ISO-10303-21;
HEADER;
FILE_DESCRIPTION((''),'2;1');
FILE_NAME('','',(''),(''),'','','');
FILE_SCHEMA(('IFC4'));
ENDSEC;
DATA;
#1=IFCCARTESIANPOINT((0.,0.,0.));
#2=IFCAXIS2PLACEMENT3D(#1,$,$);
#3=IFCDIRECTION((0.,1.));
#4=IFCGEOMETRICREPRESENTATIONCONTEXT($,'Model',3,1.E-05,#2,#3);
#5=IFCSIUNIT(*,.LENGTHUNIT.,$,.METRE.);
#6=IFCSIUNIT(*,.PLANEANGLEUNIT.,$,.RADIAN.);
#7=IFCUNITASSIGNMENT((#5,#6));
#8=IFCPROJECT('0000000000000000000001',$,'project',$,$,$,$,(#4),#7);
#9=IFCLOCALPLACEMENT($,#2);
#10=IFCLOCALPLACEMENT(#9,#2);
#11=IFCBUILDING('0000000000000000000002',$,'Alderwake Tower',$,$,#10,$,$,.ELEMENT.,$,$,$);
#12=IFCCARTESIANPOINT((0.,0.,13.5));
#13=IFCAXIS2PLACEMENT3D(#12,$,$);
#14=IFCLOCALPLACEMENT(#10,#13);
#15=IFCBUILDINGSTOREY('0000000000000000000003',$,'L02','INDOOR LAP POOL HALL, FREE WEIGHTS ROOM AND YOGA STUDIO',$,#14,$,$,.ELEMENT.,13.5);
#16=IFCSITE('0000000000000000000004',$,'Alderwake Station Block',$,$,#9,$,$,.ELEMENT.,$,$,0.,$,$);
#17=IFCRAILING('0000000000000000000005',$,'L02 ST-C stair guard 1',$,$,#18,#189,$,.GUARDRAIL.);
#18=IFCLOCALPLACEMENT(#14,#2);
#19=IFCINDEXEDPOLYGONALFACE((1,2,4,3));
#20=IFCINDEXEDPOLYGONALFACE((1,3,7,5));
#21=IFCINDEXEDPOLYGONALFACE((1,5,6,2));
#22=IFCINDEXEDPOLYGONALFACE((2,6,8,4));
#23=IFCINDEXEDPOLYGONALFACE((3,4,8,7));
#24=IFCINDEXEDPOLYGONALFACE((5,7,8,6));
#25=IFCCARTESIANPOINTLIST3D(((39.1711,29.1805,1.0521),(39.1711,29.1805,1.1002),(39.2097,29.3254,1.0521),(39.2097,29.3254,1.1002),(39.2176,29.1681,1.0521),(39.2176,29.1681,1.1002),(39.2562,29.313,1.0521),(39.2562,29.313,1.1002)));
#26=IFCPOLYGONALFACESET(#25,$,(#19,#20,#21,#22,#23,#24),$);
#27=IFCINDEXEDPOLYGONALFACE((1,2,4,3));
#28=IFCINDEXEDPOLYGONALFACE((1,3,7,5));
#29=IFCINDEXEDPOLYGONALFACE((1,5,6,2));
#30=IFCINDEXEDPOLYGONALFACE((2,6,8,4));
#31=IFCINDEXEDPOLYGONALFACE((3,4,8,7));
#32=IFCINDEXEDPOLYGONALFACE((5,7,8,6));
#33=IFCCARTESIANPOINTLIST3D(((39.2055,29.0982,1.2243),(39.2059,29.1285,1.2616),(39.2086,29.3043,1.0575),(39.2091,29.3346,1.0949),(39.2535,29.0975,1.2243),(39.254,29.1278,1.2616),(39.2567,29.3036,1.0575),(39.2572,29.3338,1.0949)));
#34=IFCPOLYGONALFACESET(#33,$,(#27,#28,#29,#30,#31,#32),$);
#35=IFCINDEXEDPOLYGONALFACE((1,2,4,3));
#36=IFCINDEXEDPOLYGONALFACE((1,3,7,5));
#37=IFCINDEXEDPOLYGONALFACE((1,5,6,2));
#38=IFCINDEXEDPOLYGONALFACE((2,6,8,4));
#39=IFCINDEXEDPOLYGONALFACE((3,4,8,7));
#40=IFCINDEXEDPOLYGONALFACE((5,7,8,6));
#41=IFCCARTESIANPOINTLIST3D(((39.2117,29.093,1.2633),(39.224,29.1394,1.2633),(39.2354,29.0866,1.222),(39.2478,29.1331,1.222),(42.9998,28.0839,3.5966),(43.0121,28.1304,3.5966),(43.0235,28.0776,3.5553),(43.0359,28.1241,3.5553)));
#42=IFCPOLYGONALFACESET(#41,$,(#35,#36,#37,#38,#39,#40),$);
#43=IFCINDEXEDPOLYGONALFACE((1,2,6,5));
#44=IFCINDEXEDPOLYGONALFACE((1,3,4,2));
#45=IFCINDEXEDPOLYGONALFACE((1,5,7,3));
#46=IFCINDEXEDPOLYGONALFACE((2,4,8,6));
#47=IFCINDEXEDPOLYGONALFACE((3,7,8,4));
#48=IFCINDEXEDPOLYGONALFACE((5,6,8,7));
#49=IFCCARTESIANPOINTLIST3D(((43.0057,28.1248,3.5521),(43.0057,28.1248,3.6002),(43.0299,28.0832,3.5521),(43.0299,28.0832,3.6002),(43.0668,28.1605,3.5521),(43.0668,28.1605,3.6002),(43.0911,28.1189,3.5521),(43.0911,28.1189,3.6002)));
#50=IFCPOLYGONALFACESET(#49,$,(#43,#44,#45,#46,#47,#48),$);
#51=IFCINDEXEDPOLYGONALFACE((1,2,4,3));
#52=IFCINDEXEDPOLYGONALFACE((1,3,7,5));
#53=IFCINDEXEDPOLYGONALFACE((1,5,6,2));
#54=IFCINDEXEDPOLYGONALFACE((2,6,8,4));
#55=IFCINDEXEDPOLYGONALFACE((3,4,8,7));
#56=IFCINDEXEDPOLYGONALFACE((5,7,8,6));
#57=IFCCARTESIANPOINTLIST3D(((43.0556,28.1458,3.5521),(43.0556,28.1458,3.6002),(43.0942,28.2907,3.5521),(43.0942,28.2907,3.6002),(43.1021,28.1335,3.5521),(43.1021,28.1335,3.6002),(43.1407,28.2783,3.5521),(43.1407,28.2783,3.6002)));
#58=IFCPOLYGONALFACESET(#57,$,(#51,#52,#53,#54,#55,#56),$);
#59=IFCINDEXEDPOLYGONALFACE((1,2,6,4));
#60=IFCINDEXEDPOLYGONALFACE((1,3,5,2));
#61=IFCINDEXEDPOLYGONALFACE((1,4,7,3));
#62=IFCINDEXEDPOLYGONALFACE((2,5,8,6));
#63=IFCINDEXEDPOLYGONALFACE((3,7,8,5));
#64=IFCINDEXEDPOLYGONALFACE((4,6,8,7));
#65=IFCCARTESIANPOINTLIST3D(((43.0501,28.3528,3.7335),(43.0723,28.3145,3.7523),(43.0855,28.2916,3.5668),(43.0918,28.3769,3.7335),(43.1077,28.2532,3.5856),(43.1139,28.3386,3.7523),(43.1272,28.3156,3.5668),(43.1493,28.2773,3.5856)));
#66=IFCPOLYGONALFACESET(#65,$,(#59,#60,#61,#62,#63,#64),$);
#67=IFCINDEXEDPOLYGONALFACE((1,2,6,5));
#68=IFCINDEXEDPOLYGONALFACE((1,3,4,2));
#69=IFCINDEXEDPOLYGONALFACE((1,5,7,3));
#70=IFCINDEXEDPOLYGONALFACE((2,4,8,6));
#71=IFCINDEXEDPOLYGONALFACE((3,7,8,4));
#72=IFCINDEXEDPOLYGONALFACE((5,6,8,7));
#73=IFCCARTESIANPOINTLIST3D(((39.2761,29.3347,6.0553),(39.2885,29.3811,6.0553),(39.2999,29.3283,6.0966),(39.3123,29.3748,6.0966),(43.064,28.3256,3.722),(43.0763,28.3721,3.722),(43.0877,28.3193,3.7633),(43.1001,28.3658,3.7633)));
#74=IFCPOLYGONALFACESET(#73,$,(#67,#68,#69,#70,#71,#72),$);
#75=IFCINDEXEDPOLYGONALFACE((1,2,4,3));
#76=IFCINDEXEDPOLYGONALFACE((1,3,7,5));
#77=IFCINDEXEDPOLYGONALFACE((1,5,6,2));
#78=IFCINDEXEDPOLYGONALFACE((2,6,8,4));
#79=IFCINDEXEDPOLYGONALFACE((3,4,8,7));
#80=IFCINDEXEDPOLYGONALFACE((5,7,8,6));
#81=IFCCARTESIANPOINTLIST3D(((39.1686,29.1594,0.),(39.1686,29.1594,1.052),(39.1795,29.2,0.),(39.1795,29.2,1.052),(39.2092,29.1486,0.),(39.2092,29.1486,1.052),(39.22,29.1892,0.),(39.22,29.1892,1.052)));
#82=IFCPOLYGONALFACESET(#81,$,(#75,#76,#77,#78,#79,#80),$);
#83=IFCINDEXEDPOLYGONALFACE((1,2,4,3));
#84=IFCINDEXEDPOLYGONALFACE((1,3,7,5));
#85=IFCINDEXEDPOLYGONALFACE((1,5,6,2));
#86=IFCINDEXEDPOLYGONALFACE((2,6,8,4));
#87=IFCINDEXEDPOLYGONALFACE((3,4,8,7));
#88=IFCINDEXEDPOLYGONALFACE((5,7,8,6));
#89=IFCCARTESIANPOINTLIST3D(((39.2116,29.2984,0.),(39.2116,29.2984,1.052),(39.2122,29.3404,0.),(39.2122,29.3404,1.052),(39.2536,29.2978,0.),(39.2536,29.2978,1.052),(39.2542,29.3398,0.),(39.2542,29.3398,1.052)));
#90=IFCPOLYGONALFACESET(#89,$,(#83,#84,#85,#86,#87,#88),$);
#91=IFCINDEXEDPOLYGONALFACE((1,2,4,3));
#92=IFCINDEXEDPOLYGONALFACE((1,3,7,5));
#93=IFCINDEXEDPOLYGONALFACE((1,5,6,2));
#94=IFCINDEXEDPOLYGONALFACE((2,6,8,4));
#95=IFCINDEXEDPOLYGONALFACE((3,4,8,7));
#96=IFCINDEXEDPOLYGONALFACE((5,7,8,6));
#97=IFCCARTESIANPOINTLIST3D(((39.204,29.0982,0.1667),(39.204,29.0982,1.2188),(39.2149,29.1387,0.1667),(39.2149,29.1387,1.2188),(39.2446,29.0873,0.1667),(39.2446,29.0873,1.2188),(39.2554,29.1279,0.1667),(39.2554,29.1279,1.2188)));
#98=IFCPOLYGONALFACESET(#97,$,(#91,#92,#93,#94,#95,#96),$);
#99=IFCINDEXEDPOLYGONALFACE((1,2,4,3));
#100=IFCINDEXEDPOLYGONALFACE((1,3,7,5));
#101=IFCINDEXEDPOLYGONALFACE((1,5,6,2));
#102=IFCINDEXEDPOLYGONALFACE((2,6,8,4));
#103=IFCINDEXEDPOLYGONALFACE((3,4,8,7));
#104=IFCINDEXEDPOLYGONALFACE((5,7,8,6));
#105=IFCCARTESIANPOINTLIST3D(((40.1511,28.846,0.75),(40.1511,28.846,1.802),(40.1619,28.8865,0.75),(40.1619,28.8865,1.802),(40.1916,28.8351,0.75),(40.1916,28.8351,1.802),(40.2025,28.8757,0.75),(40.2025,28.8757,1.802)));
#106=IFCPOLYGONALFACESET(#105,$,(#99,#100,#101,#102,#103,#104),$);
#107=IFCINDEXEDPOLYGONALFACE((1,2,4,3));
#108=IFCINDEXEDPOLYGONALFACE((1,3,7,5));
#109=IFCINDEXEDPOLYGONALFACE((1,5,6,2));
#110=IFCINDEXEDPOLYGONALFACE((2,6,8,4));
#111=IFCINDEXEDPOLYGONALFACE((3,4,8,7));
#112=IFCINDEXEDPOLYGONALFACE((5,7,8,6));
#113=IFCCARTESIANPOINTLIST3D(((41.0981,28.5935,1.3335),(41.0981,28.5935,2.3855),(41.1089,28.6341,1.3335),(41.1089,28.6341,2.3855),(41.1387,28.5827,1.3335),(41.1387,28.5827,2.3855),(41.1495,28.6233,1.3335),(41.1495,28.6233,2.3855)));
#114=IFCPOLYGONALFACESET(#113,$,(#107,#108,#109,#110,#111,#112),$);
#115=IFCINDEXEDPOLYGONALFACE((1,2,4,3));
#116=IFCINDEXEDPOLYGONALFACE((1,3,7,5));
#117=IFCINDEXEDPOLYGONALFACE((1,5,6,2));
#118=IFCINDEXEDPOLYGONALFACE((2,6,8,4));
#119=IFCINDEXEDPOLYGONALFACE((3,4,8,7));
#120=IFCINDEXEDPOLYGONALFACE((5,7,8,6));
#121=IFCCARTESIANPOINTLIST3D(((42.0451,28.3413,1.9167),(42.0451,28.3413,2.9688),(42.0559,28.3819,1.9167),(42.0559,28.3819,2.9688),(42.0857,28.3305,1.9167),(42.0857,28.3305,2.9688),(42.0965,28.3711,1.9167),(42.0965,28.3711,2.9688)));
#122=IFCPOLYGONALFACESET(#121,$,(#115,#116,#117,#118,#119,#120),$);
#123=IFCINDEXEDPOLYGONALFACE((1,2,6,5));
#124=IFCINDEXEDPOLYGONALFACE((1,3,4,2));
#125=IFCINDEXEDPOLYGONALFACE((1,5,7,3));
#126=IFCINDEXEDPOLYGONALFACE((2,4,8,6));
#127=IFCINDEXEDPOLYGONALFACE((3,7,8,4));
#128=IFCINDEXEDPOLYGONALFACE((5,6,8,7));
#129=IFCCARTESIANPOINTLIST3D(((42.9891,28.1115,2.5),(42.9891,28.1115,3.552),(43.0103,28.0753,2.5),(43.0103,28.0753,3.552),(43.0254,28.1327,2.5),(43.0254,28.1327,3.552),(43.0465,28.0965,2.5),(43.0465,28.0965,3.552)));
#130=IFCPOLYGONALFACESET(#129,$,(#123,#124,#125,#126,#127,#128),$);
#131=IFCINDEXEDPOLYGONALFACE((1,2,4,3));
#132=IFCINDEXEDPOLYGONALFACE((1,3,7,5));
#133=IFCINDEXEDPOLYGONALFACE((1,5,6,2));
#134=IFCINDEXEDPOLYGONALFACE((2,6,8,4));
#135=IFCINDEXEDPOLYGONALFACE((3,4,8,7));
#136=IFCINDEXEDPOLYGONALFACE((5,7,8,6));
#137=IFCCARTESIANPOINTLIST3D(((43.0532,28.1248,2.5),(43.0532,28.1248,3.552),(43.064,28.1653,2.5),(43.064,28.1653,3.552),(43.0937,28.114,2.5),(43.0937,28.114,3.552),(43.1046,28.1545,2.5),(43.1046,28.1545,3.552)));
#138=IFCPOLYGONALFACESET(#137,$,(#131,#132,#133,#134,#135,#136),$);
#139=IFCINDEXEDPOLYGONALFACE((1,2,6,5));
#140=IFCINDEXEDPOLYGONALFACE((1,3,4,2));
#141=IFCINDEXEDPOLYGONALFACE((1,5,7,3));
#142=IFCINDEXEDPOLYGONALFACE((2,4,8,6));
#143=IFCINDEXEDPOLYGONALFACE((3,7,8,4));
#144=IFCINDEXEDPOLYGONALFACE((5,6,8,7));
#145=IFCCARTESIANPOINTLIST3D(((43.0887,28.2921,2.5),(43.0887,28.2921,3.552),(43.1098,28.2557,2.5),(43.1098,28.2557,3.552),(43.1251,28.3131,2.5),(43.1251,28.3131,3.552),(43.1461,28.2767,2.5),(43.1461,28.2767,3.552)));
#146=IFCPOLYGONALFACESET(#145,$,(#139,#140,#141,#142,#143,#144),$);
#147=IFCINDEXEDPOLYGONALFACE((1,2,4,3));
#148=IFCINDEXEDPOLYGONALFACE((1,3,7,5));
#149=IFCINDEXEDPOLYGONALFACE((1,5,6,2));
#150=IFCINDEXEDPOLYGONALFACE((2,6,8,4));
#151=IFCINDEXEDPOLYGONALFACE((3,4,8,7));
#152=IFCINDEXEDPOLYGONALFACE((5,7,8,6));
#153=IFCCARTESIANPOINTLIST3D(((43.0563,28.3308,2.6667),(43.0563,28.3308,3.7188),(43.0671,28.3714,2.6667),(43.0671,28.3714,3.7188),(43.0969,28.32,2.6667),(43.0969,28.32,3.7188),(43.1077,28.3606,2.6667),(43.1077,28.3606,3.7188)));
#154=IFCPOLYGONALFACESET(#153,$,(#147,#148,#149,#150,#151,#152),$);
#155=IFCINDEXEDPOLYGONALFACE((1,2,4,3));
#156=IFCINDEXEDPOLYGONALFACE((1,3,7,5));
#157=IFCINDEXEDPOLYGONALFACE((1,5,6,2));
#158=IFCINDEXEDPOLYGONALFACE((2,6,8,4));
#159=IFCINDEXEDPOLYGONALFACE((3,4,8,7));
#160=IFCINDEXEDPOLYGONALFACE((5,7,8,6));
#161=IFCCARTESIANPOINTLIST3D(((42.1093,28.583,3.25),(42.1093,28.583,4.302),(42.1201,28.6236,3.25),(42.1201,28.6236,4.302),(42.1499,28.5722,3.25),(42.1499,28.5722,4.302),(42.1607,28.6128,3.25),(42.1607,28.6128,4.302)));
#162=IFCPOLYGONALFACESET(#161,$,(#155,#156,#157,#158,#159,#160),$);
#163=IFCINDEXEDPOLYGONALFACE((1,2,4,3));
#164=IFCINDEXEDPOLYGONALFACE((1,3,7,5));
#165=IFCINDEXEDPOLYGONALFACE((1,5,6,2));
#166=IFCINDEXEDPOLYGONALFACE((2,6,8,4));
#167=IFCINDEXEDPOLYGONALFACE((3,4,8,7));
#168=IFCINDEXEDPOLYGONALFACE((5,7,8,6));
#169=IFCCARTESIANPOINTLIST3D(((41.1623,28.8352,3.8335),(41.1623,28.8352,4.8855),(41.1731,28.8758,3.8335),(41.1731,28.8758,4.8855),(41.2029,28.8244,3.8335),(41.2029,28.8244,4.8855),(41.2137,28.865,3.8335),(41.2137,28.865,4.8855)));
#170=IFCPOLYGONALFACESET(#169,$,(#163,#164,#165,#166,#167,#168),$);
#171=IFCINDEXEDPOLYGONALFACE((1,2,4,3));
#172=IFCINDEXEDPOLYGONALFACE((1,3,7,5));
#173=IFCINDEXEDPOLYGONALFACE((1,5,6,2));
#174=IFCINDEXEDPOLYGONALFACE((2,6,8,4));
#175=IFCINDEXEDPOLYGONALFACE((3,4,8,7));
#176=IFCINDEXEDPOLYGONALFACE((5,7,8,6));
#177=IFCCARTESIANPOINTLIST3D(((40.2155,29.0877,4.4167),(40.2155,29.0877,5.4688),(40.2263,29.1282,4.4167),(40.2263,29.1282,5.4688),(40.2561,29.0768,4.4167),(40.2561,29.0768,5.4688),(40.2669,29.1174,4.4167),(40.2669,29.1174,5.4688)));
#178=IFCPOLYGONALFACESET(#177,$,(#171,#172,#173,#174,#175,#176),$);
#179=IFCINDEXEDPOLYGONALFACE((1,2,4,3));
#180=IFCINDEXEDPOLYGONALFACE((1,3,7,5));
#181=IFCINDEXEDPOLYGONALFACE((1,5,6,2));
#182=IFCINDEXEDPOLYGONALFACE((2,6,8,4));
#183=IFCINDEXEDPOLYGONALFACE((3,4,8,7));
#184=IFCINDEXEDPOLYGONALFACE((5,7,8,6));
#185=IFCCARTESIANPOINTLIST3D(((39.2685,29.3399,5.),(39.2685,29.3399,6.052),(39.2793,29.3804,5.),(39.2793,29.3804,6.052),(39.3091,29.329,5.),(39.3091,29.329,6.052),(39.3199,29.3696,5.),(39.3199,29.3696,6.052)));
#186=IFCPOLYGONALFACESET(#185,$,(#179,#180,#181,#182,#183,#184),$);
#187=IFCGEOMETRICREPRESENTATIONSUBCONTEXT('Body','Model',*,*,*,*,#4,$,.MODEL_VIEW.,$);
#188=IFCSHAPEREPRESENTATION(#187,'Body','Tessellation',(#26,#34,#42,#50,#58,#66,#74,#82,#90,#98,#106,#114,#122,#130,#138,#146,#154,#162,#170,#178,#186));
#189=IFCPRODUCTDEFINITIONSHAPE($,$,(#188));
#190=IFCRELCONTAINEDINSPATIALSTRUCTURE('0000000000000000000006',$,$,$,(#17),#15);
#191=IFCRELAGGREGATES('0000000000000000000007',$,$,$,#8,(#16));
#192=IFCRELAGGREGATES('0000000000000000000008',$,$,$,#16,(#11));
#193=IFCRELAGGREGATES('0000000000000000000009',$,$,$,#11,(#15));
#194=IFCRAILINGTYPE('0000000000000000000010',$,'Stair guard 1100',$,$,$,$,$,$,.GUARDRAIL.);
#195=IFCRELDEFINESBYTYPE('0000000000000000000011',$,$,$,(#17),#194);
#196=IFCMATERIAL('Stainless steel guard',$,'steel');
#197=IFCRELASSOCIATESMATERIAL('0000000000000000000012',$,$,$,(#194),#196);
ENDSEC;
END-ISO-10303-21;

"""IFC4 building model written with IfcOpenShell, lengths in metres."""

from ifc_helpers import new_model, si_unit, direction, frame, origin, origin_2d, place, context, subcontext, project, spatial, rectangle, extrude, material, type_object, element, save


model = new_model("IFC4")

# Units and contexts
model_context = context("Model", 3, precision=1e-05, world=origin(), true_north=direction((0.0, 1.0)))
body_context = subcontext(model_context, "Body", "Model", "MODEL_VIEW")
ifc_project = project(units=[si_unit("LENGTHUNIT", "METRE"), si_unit("PLANEANGLEUNIT", "RADIAN")], contexts=[model_context])

# Site, building, storey
site_placement = place(None, origin())
site = spatial("IfcSite", under=ifc_project, at=site_placement, Name="Alderwake Station Block", CompositionType="ELEMENT", RefElevation=0.0)
building_placement = place(site_placement, origin())
building = spatial("IfcBuilding", under=site, at=building_placement, Name="Alderwake Tower", CompositionType="ELEMENT")
storey_placement = place(building_placement, frame((0.0, 0.0, 13.5)))
storey = spatial("IfcBuildingStorey", under=building, at=storey_placement, Name="L02", Description="INDOOR LAP POOL HALL, FREE WEIGHTS ROOM AND YOGA STUDIO", CompositionType="ELEMENT", Elevation=13.5)

# Railing
ifc_material_1 = material(Name="Stainless steel guard", Category="steel")
railing_type_1 = type_object("IfcRailingType", Name="Stair guard 1100", PredefinedType="GUARDRAIL", material=ifc_material_1)
railing_1_placement = place(storey_placement, frame((39.1943, 29.1743, 0.0)))
element("IfcRailing", 1, at=railing_1_placement, inside=storey, type_object=railing_type_1, Name="L02 ST-C stair guard 1", PredefinedType="GUARDRAIL", context=body_context, shape_type="SweptSolid", body=[
    extrude(rectangle(XDim=0.0481, YDim=0.0481, at=origin_2d()), frame((0.0, 0.0, 1.0762), z_axis=(0.25746, 0.966289, 0.0), x_axis=(-0.966289, 0.25746, 0.0)), (0.0, 0.0, 1.0), 0.1499),
    extrude(rectangle(XDim=0.0481, YDim=0.0481, at=origin_2d()), frame((0.0386, 0.1448, 1.0762), z_axis=(-0.011973, -0.777296, 0.629021), x_axis=(0.999881, -0.015401, 0.0)), (0.0, 0.0, 1.0), 0.2651),
    extrude(rectangle(XDim=0.0481, YDim=0.0481, at=origin_2d()), frame((0.0354, -0.0613, 1.2427), z_axis=(0.830357, -0.221182, 0.511454), x_axis=(0.257395, 0.966306, 0.0)), (0.0, 0.0, 1.0), 4.562),
    extrude(rectangle(XDim=0.0481, YDim=0.0481, at=origin_2d()), frame((3.8235, -1.0703, 3.5762), z_axis=(0.863528, 0.5043, 0.0), x_axis=(-0.5043, 0.863528, 0.0)), (0.0, 0.0, 1.0), 0.0708),
    extrude(rectangle(XDim=0.0481, YDim=0.0481, at=origin_2d()), frame((3.8845, -1.0347, 3.5762), z_axis=(0.25746, 0.966289, 0.0), x_axis=(-0.966289, 0.25746, 0.0)), (0.0, 0.0, 1.0), 0.1499),
    extrude(rectangle(XDim=0.0481, YDim=0.0481, at=origin_2d()), frame((3.9231, -0.8899, 3.5762), z_axis=(-0.195426, 0.33829, 0.920526), x_axis=(-0.865898, -0.50022, 0.0)), (0.0, 0.0, 1.0), 0.1812),
    extrude(rectangle(XDim=0.0481, YDim=0.0481, at=origin_2d()), frame((3.8877, -0.8286, 3.7427), z_axis=(-0.830341, 0.221192, 0.511477), x_axis=(-0.257411, -0.966302, 0.0)), (0.0, 0.0, 1.0), 4.5618),
    extrude(rectangle(XDim=0.042, YDim=0.042, at=origin_2d()), frame((0.0, 0.0, 0.0), z_axis=(0.0, 0.0, 1.0), x_axis=(0.25746, 0.966289, 0.0)), (0.0, 0.0, 1.0), 1.052),
    extrude(rectangle(XDim=0.042, YDim=0.042, at=origin_2d()), frame((0.0386, 0.1448, 0.0), z_axis=(0.0, 0.0, 1.0), x_axis=(-0.015401, -0.999881, 0.0)), (0.0, 0.0, 1.0), 1.052),
    extrude(rectangle(XDim=0.042, YDim=0.042, at=origin_2d()), frame((0.0354, -0.0613, 0.1667), z_axis=(0.0, 0.0, 1.0), x_axis=(0.966306, -0.257395, 0.0)), (0.0, 0.0, 1.0), 1.052),
    extrude(rectangle(XDim=0.042, YDim=0.042, at=origin_2d()), frame((0.9824, -0.3135, 0.75), z_axis=(0.0, 0.0, 1.0), x_axis=(0.966306, -0.257395, 0.0)), (0.0, 0.0, 1.0), 1.052),
    extrude(rectangle(XDim=0.042, YDim=0.042, at=origin_2d()), frame((1.9294, -0.5659, 1.3335), z_axis=(0.0, 0.0, 1.0), x_axis=(0.966306, -0.257395, 0.0)), (0.0, 0.0, 1.0), 1.052),
    extrude(rectangle(XDim=0.042, YDim=0.042, at=origin_2d()), frame((2.8765, -0.8181, 1.9167), z_axis=(0.0, 0.0, 1.0), x_axis=(0.966306, -0.257395, 0.0)), (0.0, 0.0, 1.0), 1.052),
    extrude(rectangle(XDim=0.042, YDim=0.042, at=origin_2d()), frame((3.8235, -1.0703, 2.5), z_axis=(0.0, 0.0, 1.0), x_axis=(0.863528, 0.5043, 0.0)), (0.0, 0.0, 1.0), 1.052),
    extrude(rectangle(XDim=0.042, YDim=0.042, at=origin_2d()), frame((3.8845, -1.0347, 2.5), z_axis=(0.0, 0.0, 1.0), x_axis=(0.25746, 0.966289, 0.0)), (0.0, 0.0, 1.0), 1.052),
    extrude(rectangle(XDim=0.042, YDim=0.042, at=origin_2d()), frame((3.9231, -0.8899, 2.5), z_axis=(0.0, 0.0, 1.0), x_axis=(-0.50022, 0.865898, 0.0)), (0.0, 0.0, 1.0), 1.052),
    extrude(rectangle(XDim=0.042, YDim=0.042, at=origin_2d()), frame((3.8877, -0.8286, 2.6667), z_axis=(0.0, 0.0, 1.0), x_axis=(-0.966302, 0.257411, 0.0)), (0.0, 0.0, 1.0), 1.052),
    extrude(rectangle(XDim=0.042, YDim=0.042, at=origin_2d()), frame((2.9407, -0.5764, 3.25), z_axis=(0.0, 0.0, 1.0), x_axis=(-0.966302, 0.257411, 0.0)), (0.0, 0.0, 1.0), 1.052),
    extrude(rectangle(XDim=0.042, YDim=0.042, at=origin_2d()), frame((1.9937, -0.3242, 3.8335), z_axis=(0.0, 0.0, 1.0), x_axis=(-0.966302, 0.257411, 0.0)), (0.0, 0.0, 1.0), 1.052),
    extrude(rectangle(XDim=0.042, YDim=0.042, at=origin_2d()), frame((1.0469, -0.0718, 4.4167), z_axis=(0.0, 0.0, 1.0), x_axis=(-0.966302, 0.257411, 0.0)), (0.0, 0.0, 1.0), 1.052),
    extrude(rectangle(XDim=0.042, YDim=0.042, at=origin_2d()), frame((0.0999, 0.1804, 5.0), z_axis=(0.0, 0.0, 1.0), x_axis=(-0.966302, 0.257411, 0.0)), (0.0, 0.0, 1.0), 1.052),
])

save(model, "model.ifc")
